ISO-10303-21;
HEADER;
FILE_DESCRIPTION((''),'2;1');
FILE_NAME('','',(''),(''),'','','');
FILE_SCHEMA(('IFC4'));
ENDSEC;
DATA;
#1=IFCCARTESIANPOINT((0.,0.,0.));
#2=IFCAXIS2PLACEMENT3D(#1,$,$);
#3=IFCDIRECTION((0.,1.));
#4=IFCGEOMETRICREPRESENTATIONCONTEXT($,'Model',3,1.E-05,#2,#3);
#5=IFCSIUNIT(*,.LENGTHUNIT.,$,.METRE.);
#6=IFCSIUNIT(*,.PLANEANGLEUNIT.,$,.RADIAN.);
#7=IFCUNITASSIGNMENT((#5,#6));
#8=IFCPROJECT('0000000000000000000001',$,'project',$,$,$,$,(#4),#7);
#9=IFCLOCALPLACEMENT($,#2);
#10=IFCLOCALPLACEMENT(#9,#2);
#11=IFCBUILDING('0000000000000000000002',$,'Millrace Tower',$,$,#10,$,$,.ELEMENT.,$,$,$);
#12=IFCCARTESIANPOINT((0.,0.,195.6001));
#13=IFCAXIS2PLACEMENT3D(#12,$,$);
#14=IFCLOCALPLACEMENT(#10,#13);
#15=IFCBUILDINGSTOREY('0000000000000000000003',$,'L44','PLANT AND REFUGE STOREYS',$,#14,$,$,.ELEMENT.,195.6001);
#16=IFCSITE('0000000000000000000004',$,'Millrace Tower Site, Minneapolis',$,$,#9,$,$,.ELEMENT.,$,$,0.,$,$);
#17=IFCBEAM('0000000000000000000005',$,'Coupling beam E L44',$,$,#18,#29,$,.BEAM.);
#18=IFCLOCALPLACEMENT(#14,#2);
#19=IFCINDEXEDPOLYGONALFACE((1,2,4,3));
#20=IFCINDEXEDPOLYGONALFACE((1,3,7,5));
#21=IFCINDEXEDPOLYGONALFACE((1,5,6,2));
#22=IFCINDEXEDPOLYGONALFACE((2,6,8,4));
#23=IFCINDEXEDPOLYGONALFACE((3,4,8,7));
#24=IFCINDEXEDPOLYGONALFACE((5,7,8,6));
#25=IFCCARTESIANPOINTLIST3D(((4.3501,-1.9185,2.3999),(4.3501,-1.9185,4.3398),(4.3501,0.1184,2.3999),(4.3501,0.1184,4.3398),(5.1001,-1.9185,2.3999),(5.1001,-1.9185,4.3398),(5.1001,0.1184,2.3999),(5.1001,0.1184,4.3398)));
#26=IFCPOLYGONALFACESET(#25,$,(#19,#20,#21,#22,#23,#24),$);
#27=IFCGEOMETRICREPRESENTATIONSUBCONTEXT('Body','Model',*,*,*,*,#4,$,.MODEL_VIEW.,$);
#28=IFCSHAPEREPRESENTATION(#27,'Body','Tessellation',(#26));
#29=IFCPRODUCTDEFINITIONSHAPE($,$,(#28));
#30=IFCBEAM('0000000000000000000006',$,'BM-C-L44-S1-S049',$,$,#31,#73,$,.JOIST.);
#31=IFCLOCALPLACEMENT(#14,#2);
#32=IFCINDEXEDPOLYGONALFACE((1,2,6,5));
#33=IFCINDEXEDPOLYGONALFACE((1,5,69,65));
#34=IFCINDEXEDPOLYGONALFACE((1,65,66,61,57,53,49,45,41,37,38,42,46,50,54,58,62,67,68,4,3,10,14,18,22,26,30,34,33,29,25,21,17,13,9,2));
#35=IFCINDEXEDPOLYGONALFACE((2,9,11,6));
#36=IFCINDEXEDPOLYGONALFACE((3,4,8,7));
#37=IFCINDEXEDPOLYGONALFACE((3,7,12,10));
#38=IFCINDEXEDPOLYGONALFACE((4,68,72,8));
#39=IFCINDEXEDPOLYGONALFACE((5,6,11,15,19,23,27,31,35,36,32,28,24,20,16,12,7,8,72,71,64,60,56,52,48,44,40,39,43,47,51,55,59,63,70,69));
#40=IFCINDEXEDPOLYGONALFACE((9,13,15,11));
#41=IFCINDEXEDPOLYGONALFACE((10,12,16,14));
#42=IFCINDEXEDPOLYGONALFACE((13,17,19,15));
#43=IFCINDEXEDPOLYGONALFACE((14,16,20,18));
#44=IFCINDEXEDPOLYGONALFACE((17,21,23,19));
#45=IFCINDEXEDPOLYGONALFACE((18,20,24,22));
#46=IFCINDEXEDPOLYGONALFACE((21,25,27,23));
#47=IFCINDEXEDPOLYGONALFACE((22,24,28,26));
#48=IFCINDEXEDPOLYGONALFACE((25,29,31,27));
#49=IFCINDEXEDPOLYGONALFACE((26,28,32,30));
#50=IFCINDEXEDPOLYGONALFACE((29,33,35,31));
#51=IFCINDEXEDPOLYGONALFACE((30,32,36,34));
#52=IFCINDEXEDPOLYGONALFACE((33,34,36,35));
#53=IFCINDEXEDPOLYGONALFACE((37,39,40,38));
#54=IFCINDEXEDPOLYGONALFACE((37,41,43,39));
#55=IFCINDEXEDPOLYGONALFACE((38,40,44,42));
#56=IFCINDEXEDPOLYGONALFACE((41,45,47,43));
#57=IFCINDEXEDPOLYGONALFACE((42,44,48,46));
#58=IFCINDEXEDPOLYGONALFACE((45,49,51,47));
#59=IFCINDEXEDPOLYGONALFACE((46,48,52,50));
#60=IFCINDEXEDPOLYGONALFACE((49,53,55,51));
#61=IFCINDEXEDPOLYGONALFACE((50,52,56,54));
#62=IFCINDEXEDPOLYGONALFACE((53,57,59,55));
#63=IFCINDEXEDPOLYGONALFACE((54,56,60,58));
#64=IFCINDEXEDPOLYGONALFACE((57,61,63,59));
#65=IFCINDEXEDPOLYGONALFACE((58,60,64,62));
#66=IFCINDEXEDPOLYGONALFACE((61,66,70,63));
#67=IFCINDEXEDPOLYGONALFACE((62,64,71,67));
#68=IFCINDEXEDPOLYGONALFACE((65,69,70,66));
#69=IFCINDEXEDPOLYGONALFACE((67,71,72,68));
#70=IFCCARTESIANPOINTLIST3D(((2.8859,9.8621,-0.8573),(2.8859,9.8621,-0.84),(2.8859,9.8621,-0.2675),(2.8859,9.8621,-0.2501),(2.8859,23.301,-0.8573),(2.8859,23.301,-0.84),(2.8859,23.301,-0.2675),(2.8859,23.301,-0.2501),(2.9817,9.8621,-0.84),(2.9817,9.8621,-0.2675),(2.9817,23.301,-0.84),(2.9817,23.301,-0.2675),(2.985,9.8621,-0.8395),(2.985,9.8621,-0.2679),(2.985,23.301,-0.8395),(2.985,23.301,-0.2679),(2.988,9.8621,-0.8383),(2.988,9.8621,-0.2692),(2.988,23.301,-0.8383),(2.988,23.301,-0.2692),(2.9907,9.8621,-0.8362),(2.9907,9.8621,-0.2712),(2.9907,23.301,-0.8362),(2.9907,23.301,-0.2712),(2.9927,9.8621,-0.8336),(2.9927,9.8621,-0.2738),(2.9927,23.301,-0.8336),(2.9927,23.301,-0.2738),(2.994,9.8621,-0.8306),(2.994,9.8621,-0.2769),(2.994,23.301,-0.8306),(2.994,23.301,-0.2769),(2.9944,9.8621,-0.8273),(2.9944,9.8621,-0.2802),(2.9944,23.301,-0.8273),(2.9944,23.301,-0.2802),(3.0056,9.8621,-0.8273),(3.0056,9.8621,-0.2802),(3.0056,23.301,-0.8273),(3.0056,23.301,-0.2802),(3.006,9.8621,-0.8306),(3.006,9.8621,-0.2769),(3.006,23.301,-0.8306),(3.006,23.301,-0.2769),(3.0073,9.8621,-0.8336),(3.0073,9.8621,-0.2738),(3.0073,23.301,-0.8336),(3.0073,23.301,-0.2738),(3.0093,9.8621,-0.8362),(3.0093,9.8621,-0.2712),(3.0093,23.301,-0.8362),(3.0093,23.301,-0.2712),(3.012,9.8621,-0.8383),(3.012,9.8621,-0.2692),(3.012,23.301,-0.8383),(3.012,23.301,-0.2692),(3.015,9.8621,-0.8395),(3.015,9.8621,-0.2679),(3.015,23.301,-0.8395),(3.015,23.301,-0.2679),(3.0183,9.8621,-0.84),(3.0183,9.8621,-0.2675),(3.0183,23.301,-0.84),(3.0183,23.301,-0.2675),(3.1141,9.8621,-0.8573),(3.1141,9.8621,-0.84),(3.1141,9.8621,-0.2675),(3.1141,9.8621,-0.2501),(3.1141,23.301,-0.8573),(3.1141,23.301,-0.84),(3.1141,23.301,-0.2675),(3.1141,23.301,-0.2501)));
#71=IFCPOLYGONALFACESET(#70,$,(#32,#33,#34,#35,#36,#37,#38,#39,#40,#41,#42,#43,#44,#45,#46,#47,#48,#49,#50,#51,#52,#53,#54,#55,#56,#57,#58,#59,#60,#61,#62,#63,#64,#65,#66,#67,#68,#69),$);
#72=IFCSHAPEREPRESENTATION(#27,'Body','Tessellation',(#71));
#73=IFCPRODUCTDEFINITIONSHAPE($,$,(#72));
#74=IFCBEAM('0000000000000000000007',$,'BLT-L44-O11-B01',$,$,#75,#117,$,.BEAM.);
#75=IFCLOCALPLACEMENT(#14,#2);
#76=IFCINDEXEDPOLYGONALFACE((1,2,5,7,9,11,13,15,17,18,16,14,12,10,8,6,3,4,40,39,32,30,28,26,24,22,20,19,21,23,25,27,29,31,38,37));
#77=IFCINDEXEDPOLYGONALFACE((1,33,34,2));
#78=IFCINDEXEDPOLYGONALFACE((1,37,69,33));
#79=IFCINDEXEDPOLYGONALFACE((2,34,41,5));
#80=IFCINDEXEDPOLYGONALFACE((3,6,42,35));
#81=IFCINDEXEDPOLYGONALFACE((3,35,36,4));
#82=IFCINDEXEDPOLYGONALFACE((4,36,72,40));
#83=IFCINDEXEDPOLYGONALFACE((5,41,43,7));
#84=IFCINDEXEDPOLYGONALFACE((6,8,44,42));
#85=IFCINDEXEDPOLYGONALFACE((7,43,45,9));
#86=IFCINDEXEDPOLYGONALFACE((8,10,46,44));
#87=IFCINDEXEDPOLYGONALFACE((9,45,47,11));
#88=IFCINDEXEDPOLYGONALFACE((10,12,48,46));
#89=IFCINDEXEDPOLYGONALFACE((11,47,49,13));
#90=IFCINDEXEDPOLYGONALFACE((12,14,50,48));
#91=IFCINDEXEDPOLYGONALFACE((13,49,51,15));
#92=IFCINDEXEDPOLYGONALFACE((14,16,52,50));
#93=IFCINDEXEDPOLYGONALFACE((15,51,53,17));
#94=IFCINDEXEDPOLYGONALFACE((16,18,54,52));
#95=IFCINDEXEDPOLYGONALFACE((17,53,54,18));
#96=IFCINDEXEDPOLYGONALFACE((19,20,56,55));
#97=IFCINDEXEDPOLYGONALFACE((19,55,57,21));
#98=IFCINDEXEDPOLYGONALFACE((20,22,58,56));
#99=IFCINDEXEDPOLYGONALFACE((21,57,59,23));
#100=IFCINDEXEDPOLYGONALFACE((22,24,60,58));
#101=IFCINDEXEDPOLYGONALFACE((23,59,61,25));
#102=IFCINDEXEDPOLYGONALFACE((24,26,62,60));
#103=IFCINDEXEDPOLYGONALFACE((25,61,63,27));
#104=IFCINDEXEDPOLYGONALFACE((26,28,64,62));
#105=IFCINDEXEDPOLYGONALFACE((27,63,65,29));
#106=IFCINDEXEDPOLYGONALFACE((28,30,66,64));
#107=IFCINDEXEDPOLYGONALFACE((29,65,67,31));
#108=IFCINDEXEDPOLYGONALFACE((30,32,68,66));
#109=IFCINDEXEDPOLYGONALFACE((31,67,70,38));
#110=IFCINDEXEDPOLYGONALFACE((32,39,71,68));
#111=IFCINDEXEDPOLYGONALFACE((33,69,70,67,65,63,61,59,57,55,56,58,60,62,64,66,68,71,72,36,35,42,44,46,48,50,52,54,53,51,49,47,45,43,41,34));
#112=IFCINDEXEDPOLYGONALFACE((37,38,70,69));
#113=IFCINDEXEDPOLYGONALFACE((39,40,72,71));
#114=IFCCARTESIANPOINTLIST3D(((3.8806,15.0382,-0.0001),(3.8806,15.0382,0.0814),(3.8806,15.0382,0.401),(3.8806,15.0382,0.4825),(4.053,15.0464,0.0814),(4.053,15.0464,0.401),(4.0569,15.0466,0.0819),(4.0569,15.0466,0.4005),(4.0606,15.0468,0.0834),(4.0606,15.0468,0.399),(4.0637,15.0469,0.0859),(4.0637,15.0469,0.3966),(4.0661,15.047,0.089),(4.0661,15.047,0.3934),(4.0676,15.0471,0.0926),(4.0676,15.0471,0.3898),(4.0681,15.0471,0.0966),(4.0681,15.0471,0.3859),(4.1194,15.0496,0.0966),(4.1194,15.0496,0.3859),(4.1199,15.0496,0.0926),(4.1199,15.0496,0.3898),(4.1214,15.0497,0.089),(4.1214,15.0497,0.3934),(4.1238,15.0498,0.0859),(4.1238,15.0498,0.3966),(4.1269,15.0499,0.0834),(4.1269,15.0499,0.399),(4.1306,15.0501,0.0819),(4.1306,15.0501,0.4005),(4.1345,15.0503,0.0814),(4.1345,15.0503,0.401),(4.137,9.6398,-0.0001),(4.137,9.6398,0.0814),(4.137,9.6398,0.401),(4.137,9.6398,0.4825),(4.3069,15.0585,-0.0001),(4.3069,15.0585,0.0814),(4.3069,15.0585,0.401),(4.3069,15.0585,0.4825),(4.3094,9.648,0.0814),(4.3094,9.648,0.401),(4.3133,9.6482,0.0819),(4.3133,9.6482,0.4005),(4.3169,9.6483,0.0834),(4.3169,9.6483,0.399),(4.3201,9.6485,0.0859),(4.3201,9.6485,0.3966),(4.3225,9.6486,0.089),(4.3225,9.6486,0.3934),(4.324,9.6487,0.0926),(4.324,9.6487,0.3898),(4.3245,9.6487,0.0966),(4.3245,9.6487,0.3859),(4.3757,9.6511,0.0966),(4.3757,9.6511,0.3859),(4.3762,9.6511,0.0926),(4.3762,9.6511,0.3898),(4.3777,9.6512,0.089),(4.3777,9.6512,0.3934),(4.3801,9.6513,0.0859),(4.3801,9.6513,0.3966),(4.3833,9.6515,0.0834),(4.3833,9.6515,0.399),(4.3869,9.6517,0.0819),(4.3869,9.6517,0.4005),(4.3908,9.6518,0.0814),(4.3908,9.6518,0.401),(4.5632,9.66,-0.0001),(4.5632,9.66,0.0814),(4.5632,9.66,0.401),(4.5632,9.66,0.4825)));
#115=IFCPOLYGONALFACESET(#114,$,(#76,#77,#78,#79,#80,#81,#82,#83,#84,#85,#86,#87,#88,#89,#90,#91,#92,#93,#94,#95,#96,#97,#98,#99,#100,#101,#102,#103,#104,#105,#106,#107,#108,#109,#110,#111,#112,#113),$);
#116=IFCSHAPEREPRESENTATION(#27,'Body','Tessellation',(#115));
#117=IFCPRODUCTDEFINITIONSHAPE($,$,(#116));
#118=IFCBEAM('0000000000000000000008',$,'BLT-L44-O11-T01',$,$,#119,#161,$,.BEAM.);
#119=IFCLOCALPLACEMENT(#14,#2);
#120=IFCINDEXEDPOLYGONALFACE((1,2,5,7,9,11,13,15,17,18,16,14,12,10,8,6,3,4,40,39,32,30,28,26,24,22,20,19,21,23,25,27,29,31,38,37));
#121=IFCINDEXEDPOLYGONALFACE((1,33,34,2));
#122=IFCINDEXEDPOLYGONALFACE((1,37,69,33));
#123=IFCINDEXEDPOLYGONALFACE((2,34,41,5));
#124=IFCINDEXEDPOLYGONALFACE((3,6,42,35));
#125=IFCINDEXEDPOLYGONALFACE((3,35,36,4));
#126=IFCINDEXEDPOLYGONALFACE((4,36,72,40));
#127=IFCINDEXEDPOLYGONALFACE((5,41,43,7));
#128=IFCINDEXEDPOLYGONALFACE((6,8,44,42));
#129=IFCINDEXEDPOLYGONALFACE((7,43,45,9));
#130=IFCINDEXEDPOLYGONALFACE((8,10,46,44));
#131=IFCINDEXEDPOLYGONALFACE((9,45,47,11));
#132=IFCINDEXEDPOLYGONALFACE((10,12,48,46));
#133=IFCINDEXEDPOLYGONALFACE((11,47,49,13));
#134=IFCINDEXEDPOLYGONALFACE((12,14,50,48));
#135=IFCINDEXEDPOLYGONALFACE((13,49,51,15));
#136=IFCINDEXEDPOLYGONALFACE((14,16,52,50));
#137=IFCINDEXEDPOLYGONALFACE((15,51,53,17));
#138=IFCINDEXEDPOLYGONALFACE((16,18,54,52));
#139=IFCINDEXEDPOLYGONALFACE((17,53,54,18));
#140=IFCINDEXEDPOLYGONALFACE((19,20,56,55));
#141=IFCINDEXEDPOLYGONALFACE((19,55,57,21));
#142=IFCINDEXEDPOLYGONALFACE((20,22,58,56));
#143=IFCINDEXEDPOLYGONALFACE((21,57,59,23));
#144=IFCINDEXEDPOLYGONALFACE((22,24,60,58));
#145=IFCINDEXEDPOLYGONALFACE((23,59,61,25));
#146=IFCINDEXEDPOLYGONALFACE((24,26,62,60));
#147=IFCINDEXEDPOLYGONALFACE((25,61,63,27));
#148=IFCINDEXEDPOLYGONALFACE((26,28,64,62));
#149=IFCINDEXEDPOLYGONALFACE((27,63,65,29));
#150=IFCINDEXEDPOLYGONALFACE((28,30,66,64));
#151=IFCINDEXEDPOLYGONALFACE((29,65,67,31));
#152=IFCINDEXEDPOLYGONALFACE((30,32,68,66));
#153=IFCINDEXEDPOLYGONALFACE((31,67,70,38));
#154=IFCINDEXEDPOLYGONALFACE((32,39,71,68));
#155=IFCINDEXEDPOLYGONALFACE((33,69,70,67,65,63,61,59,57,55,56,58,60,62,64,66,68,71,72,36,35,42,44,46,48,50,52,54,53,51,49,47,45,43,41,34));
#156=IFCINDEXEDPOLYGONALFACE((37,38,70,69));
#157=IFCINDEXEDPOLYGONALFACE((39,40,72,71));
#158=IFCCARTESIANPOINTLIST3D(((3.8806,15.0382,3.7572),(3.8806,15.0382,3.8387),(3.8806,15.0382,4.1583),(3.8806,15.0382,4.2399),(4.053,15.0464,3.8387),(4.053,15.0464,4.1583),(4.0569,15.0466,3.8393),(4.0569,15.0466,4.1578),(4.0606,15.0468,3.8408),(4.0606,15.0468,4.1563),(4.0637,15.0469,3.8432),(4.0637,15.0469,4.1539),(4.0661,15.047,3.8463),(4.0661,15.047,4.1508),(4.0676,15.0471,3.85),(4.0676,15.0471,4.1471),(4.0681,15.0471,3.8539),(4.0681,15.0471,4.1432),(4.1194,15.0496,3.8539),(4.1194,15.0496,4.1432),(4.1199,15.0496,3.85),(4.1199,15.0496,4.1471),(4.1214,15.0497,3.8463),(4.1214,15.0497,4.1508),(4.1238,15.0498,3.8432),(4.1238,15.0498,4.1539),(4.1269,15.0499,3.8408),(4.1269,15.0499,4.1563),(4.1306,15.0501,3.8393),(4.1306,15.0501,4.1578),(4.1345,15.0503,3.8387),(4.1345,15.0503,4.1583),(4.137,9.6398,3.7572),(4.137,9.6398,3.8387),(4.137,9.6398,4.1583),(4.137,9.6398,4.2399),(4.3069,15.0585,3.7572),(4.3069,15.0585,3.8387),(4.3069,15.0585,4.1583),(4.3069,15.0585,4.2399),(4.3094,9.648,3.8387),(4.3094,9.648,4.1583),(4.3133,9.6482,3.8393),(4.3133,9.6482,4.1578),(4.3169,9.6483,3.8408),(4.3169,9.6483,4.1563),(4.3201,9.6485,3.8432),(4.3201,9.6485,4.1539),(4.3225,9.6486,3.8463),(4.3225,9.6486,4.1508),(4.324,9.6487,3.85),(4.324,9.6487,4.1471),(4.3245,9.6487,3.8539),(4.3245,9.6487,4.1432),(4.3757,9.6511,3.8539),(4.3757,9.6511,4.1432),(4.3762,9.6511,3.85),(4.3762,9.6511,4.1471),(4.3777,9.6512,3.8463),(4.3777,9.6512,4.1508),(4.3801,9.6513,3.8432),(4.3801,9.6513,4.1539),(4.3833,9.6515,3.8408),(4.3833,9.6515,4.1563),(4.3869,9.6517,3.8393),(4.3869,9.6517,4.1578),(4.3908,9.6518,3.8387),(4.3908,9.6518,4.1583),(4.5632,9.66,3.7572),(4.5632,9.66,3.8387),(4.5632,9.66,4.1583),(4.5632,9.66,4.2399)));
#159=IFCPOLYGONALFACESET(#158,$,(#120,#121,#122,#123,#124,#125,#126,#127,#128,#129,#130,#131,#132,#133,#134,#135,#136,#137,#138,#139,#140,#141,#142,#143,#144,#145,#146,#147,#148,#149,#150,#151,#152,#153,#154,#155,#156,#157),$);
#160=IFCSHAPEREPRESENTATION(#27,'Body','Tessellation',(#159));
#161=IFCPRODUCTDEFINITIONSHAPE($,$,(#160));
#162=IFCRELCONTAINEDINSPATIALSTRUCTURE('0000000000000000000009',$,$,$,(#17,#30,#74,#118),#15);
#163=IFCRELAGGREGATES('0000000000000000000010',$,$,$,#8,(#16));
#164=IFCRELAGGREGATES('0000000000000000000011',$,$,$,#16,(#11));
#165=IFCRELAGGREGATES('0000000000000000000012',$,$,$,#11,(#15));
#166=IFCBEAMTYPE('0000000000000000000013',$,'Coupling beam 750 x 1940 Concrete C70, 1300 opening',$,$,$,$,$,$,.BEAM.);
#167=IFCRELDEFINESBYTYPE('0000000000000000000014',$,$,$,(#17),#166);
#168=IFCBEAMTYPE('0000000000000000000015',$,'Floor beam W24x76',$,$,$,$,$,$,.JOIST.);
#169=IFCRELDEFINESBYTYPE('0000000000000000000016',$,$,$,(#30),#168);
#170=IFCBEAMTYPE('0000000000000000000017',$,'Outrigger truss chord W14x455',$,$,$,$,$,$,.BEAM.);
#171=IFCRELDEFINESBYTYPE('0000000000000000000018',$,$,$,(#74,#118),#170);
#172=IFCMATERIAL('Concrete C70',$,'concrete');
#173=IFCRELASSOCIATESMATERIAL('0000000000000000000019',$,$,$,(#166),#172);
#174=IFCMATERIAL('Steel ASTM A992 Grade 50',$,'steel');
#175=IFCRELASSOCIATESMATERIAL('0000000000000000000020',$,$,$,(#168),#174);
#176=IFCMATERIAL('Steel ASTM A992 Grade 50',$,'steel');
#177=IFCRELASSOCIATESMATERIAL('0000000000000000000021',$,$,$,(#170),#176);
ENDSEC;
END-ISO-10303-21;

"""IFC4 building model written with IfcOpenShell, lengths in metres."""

from ifc_helpers import new_model, si_unit, direction, frame, origin, origin_2d, place, context, subcontext, project, spatial, rectangle, i_section, extrude, material, material_profile, profile_set, type_object, element, save


model = new_model("IFC4")

# Units and contexts
model_context = context("Model", 3, precision=1e-05, world=origin(), true_north=direction((0.0, 1.0)))
body_context = subcontext(model_context, "Body", "Model", "MODEL_VIEW")
ifc_project = project(units=[si_unit("LENGTHUNIT", "METRE"), si_unit("PLANEANGLEUNIT", "RADIAN")], contexts=[model_context])

# Site, building, storey
site_placement = place(None, origin())
site = spatial("IfcSite", under=ifc_project, at=site_placement, Name="Millrace Tower Site, Minneapolis", CompositionType="ELEMENT", RefElevation=0.0)
building_placement = place(site_placement, origin())
building = spatial("IfcBuilding", under=site, at=building_placement, Name="Millrace Tower", CompositionType="ELEMENT")
storey_placement = place(building_placement, frame((0.0, 0.0, 195.6001)))
storey = spatial("IfcBuildingStorey", under=building, at=storey_placement, Name="L44", Description="PLANT AND REFUGE STOREYS", CompositionType="ELEMENT", Elevation=195.6001)

# Beams
ifc_material_1 = material(Name="Concrete C70", Category="concrete")
ifc_material_profile_1 = material_profile(ifc_material_1, rectangle(XDim=0.75, YDim=1.9399, at=origin_2d()))
ifc_profile_set_1 = profile_set([ifc_material_profile_1], Name="Concrete C70")
beam_type_1 = type_object("IfcBeamType", Name="Coupling beam 750 x 1940 Concrete C70, 1300 opening", PredefinedType="BEAM", material=ifc_profile_set_1)
beam_1_placement = place(storey_placement, frame((4.7251, 0.1184, 3.3699), z_axis=(0.0, -1.0, 0.0), x_axis=(1.0, 0.0, 0.0)))
element("IfcBeam", 1, at=beam_1_placement, inside=storey, type_object=beam_type_1, Name="Coupling beam E L44", PredefinedType="BEAM", context=body_context, shape_type="SweptSolid", body=[
    extrude(rectangle(XDim=0.75, YDim=1.9399, at=origin_2d()), origin(), (0.0, 0.0, 1.0), 2.0369),
])
ifc_material_2 = material(Name="Steel ASTM A992 Grade 50", Category="steel")
ifc_material_profile_2 = material_profile(ifc_material_2, i_section(OverallWidth=0.2283, OverallDepth=0.6072, WebThickness=0.0112, FlangeThickness=0.0173, FilletRadius=0.0127, at=origin_2d()))
ifc_profile_set_2 = profile_set([ifc_material_profile_2], Name="Steel ASTM A992 Grade 50")
beam_type_2 = type_object("IfcBeamType", Name="Floor beam W24x76", PredefinedType="JOIST", material=ifc_profile_set_2)
beam_2_placement = place(storey_placement, frame((3.0, 9.8621, -0.5537), z_axis=(0.0, 1.0, 0.0), x_axis=(-1.0, 0.0, 0.0)))
element("IfcBeam", 2, at=beam_2_placement, inside=storey, type_object=beam_type_2, Name="BM-C-L44-S1-S049", PredefinedType="JOIST", context=body_context, shape_type="SweptSolid", body=[
    extrude(i_section(OverallWidth=0.2283, OverallDepth=0.6072, WebThickness=0.0112, FlangeThickness=0.0173, FilletRadius=0.0127, at=origin_2d()), origin(), (0.0, 0.0, 1.0), 13.439),
])
ifc_material_3 = material(Name="Steel ASTM A992 Grade 50", Category="steel")
ifc_material_profile_3 = material_profile(ifc_material_3, i_section(OverallWidth=0.4268, OverallDepth=0.4827, WebThickness=0.0513, FlangeThickness=0.0815, FilletRadius=0.0151, at=origin_2d()))
ifc_profile_set_3 = profile_set([ifc_material_profile_3], Name="Steel ASTM A992 Grade 50")
beam_type_3 = type_object("IfcBeamType", Name="Outrigger truss chord W14x455", PredefinedType="BEAM", material=ifc_profile_set_3)
for number, where, z_axis, x_axis, name in (
    (3, (4.3501, 9.6499, 0.2412), (-0.047432, 0.998874, 0.0), (-0.998874, -0.047432, 0.0), "BLT-L44-O11-B01"),
    (4, (4.3501, 9.6499, 3.9985), (-0.047432, 0.998874, 0.0), (-0.998874, -0.047432, 0.0), "BLT-L44-O11-T01"),
):
    element("IfcBeam", number, at=place(storey_placement, frame(where, z_axis=z_axis, x_axis=x_axis)), inside=storey, type_object=beam_type_3, Name=name, PredefinedType="BEAM", context=body_context, shape_type="SweptSolid", body=[
        extrude(i_section(OverallWidth=0.4268, OverallDepth=0.4827, WebThickness=0.0513, FlangeThickness=0.0815, FilletRadius=0.0151, at=origin_2d()), origin(), (0.0, 0.0, 1.0), 5.4045),
    ])

save(model, "model.ifc")
